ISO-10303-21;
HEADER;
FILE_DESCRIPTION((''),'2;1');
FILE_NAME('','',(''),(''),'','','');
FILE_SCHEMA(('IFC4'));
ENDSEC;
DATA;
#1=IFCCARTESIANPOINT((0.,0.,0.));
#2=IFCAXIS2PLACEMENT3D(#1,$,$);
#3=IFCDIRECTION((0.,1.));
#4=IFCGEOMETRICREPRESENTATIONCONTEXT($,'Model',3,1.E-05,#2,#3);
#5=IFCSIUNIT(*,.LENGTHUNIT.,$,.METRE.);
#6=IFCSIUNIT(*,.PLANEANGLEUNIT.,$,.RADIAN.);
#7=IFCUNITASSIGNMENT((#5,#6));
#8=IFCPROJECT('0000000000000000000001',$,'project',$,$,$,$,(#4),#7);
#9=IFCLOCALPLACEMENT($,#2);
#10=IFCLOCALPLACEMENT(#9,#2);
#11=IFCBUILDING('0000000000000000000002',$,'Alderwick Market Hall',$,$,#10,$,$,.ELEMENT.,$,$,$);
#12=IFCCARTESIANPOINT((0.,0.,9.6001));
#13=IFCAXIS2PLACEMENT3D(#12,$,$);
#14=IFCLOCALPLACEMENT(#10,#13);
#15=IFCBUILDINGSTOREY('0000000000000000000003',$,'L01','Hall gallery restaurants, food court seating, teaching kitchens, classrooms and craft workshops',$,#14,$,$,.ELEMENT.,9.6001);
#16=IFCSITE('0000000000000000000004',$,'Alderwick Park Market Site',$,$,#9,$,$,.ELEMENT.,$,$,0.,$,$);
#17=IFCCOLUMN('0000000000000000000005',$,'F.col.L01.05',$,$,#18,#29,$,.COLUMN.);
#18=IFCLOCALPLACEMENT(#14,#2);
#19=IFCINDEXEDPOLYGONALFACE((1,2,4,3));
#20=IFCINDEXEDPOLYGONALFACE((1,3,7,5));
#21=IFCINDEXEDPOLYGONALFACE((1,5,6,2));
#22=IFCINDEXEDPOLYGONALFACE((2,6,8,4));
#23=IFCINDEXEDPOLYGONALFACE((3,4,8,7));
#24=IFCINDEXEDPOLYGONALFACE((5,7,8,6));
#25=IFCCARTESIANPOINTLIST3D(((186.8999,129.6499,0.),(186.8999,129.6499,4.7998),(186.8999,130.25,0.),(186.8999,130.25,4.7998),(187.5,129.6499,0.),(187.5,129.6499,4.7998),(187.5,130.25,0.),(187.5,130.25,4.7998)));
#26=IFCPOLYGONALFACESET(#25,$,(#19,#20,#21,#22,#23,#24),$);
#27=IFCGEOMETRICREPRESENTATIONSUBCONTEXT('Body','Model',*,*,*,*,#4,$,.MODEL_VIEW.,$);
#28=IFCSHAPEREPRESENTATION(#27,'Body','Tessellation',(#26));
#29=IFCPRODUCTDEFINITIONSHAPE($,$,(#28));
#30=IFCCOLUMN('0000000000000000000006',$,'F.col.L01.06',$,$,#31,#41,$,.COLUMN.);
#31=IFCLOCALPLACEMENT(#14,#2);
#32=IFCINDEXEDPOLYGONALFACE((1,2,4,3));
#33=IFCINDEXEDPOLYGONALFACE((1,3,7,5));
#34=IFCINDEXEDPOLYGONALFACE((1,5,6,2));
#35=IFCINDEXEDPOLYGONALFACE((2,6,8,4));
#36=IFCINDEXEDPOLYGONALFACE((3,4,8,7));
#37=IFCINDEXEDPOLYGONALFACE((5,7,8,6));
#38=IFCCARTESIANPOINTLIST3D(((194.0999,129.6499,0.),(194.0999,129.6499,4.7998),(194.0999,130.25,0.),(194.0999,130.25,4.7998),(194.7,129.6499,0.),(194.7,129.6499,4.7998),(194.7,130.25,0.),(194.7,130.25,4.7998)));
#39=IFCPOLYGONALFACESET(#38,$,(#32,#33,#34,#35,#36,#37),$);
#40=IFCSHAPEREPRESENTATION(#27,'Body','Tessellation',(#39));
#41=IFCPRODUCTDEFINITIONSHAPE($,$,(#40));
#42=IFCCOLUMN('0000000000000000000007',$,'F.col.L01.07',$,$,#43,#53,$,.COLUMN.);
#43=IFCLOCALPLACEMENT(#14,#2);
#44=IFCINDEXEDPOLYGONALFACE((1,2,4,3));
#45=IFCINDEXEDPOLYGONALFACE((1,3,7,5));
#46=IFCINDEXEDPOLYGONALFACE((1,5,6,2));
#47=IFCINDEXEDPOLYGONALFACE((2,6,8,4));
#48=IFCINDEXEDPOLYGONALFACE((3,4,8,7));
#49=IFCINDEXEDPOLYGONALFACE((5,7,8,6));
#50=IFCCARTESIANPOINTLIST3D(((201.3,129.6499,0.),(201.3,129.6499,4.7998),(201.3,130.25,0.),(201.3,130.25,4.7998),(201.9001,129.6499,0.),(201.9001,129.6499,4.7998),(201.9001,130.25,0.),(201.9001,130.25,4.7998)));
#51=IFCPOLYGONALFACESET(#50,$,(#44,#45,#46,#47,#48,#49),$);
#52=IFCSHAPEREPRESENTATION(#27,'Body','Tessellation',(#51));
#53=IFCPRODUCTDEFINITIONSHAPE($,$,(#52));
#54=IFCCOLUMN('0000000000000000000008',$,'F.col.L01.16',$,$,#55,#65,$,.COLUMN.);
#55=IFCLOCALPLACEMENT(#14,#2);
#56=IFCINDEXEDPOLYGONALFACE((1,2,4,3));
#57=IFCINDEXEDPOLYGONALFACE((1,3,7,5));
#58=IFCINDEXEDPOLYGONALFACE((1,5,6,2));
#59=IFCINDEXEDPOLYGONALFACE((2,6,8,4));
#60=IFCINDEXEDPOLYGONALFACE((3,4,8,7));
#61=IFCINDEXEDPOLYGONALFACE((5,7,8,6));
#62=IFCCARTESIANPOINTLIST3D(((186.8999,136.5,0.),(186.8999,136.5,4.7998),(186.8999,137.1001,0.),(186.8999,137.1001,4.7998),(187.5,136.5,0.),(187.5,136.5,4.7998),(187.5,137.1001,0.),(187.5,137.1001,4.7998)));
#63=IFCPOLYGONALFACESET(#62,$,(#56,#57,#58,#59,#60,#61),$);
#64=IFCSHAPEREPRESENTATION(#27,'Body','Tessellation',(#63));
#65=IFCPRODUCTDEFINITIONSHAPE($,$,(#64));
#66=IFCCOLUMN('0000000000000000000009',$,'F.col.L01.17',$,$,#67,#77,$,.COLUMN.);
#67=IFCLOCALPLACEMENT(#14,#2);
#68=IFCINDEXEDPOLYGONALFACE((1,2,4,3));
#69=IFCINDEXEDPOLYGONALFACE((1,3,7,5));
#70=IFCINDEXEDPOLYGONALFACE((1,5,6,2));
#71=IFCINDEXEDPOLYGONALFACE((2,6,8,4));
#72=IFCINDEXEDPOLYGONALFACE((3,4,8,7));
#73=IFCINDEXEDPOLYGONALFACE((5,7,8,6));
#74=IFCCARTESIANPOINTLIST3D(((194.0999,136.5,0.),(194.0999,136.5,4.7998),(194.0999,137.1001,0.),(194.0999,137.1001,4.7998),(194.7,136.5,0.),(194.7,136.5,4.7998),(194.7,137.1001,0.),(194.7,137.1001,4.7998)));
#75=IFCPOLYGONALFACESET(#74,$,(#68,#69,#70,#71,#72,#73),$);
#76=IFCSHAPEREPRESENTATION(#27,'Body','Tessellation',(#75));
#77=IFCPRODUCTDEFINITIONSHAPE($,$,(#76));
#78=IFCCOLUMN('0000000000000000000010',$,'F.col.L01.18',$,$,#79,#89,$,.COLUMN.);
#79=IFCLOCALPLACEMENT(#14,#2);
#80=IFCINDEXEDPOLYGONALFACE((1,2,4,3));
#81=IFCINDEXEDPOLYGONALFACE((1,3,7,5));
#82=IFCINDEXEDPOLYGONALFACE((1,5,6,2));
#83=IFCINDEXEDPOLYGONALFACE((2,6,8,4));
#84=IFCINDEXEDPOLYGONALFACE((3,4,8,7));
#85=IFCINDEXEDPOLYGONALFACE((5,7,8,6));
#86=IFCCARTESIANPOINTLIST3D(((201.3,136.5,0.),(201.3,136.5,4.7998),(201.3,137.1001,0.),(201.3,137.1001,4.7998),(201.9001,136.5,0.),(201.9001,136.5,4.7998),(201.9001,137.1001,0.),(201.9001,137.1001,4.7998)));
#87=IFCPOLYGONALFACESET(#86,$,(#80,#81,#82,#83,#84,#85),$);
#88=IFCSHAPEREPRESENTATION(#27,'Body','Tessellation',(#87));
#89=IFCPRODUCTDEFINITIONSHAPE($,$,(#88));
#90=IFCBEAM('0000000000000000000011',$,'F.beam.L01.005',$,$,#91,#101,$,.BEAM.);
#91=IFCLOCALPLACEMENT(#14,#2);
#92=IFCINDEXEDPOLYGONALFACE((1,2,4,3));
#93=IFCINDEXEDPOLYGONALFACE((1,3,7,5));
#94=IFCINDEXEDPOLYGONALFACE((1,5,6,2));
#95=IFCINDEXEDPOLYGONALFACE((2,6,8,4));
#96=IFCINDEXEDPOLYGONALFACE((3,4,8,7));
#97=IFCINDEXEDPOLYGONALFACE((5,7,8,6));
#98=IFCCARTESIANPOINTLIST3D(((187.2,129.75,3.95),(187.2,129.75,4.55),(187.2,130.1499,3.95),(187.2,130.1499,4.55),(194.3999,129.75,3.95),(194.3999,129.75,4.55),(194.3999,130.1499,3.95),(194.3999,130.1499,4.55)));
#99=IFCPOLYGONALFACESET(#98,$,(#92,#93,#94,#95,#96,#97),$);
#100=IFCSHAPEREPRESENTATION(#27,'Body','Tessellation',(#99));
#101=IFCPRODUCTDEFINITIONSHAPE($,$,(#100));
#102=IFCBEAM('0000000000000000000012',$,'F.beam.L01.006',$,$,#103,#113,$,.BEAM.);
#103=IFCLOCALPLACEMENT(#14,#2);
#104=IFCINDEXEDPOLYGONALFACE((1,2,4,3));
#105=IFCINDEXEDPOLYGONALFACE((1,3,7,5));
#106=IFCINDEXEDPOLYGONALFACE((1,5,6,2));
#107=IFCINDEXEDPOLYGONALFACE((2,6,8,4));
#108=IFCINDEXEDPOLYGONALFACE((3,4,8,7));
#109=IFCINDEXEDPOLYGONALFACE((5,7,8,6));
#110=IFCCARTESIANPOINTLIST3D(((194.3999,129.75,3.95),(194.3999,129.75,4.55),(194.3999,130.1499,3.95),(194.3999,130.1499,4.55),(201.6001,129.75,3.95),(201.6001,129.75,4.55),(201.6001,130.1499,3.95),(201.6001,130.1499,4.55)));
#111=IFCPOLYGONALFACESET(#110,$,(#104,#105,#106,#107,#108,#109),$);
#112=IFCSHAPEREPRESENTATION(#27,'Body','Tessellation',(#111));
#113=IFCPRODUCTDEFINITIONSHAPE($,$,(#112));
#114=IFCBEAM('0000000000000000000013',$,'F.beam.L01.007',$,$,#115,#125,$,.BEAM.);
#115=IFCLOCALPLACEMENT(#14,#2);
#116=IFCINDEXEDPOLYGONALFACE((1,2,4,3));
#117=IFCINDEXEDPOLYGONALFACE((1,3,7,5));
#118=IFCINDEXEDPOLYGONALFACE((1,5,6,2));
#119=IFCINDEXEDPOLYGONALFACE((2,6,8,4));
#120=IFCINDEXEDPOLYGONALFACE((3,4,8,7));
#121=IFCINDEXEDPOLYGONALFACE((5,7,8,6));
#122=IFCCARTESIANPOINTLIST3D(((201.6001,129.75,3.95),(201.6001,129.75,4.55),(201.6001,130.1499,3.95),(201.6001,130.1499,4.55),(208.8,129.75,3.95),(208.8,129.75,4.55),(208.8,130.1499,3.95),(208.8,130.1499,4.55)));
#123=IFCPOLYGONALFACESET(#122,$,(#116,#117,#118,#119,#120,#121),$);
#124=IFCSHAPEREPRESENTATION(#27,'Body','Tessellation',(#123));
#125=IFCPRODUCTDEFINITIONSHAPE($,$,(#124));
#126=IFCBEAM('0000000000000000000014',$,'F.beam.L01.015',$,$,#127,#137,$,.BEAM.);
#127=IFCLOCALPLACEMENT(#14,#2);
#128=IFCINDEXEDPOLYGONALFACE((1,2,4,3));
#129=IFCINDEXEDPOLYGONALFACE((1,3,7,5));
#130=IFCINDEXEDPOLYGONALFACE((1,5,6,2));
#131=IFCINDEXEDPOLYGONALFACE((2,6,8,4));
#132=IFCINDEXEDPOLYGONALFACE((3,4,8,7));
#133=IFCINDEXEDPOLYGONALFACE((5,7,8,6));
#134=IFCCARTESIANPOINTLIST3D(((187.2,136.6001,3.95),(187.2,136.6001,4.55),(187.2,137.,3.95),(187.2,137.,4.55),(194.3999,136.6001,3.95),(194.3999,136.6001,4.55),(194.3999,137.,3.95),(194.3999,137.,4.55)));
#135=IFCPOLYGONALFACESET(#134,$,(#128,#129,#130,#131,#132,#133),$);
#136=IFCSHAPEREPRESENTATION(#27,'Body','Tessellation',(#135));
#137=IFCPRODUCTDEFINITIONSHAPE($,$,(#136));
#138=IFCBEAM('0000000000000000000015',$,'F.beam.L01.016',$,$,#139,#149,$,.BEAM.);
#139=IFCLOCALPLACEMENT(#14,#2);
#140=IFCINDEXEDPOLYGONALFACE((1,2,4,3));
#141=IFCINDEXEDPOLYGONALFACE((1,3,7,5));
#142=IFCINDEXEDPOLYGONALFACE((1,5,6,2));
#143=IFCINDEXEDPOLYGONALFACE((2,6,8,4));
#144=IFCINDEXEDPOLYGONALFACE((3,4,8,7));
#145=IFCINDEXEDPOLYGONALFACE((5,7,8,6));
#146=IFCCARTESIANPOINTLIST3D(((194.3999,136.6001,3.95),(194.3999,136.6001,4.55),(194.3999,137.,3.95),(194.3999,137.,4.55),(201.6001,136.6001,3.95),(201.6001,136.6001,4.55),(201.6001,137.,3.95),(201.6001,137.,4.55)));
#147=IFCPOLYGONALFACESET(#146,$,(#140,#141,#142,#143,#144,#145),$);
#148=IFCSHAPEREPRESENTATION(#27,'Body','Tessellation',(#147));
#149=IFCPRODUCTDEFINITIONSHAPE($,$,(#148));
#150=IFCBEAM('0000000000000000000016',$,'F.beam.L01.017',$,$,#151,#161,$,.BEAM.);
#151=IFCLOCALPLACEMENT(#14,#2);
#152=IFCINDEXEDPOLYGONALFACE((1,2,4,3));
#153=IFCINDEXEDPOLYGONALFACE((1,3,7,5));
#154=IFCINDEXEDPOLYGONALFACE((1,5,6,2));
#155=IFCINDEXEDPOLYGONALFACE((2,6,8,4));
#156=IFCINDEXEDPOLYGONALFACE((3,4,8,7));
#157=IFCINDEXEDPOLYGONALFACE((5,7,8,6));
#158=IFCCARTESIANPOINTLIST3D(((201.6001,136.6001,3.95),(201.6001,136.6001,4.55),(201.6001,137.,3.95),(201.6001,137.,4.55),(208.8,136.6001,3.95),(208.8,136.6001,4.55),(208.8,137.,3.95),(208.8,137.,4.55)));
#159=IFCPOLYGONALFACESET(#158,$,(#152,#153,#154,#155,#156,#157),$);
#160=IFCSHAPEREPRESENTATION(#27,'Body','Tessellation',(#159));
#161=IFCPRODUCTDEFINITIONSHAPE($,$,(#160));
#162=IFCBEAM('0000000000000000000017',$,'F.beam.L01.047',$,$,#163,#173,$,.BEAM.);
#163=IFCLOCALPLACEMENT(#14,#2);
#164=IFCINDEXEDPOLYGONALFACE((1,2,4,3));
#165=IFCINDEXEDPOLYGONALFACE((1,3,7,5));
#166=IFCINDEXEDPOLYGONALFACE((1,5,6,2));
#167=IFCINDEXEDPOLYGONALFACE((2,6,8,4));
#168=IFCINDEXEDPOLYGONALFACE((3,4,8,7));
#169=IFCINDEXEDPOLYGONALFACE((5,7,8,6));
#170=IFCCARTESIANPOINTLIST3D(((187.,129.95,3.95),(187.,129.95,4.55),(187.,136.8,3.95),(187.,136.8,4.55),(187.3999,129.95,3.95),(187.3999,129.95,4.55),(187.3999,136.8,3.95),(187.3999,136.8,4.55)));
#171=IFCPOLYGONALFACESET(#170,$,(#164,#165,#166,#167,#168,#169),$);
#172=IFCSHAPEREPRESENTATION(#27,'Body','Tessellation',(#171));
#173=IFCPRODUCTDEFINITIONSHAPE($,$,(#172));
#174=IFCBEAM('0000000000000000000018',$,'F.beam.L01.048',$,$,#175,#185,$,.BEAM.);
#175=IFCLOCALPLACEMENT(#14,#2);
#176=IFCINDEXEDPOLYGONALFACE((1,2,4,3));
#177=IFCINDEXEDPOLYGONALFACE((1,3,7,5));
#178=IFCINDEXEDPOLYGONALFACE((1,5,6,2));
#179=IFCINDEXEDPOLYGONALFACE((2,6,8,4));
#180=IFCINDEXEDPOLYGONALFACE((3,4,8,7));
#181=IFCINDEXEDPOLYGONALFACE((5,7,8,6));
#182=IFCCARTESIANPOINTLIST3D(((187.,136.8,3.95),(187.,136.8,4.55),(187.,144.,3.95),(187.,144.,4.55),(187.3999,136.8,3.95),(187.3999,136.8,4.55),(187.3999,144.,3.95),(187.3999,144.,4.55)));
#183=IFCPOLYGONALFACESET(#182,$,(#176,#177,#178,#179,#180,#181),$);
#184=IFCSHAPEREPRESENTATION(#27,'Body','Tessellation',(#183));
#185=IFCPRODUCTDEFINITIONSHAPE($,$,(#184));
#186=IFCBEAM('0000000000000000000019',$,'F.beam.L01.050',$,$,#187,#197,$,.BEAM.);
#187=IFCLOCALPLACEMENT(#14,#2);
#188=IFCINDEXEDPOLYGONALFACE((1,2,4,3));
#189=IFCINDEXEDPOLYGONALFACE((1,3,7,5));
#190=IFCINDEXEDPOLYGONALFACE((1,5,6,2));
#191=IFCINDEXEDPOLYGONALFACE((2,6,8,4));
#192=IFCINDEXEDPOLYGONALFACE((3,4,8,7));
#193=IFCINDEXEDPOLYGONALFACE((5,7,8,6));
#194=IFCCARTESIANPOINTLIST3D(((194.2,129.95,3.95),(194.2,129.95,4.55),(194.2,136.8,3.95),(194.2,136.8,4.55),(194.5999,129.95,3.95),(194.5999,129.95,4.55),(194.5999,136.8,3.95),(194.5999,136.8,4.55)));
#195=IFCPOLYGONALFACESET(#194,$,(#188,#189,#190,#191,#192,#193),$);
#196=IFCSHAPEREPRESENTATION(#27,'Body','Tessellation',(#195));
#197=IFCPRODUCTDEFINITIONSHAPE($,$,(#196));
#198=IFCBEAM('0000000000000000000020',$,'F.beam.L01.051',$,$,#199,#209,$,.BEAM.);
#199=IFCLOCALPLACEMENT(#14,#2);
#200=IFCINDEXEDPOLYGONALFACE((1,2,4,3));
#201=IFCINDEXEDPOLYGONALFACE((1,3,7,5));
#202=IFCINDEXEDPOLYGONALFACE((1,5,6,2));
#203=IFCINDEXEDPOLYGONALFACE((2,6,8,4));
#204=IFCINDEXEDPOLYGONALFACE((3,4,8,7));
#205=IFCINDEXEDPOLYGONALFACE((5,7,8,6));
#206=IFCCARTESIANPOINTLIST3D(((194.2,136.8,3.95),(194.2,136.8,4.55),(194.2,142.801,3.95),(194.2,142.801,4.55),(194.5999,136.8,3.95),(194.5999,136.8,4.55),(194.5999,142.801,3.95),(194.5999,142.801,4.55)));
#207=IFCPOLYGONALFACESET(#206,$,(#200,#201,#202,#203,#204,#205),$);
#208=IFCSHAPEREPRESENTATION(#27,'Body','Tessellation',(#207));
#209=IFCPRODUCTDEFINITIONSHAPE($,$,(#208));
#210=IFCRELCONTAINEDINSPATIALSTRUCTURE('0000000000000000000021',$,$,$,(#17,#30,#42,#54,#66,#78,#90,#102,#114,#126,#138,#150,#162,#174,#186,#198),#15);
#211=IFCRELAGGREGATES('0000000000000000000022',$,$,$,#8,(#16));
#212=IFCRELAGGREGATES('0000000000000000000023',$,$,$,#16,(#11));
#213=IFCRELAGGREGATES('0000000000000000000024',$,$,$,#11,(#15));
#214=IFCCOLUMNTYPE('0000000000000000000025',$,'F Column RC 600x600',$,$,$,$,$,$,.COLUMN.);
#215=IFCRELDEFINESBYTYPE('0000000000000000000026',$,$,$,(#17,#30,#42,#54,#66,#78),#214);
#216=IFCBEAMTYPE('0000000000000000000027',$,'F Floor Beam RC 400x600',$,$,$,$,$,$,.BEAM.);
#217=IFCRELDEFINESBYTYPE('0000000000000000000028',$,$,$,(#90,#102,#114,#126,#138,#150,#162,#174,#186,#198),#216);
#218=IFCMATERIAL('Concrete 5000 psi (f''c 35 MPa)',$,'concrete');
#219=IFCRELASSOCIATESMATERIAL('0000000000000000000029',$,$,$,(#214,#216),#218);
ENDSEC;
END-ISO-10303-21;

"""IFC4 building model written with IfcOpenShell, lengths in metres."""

from ifc_helpers import new_model, si_unit, direction, frame, origin, origin_2d, place, context, subcontext, project, spatial, rectangle, extrude, material, material_profile, profile_set, type_object, element, save


model = new_model("IFC4")

# Units and contexts
model_context = context("Model", 3, precision=1e-05, world=origin(), true_north=direction((0.0, 1.0)))
body_context = subcontext(model_context, "Body", "Model", "MODEL_VIEW")
ifc_project = project(units=[si_unit("LENGTHUNIT", "METRE"), si_unit("PLANEANGLEUNIT", "RADIAN")], contexts=[model_context])

# Site, building, storey
site_placement = place(None, origin())
site = spatial("IfcSite", under=ifc_project, at=site_placement, Name="Alderwick Park Market Site", CompositionType="ELEMENT", RefElevation=0.0)
building_placement = place(site_placement, origin())
building = spatial("IfcBuilding", under=site, at=building_placement, Name="Alderwick Market Hall", CompositionType="ELEMENT")
storey_placement = place(building_placement, frame((0.0, 0.0, 9.6001)))
storey = spatial("IfcBuildingStorey", under=building, at=storey_placement, Name="L01", Description="Hall gallery restaurants, food court seating, teaching kitchens, classrooms and craft workshops", CompositionType="ELEMENT", Elevation=9.6001)

# Columns
ifc_material_1 = material(Name="Concrete 5000 psi (f'c 35 MPa)", Category="concrete")
ifc_material_profile_1 = material_profile(ifc_material_1, rectangle(XDim=0.6001, YDim=0.6001, at=origin_2d()), Name="RC 600x600")
ifc_profile_set_1 = profile_set([ifc_material_profile_1], Name="Concrete 5000 psi (f'c 35 MPa)")
column_type = type_object("IfcColumnType", Name="F Column RC 600x600", PredefinedType="COLUMN", material=ifc_profile_set_1)
for number, where, z_axis, x_axis, name in (
    (1, (187.2, 129.95, 0.0), (0.0, 0.0, 1.0), (1.0, 0.0, 0.0), "F.col.L01.05"),
    (2, (194.3999, 129.95, 0.0), (0.0, 0.0, 1.0), (1.0, 0.0, 0.0), "F.col.L01.06"),
    (3, (201.6001, 129.95, 0.0), (0.0, 0.0, 1.0), (1.0, 0.0, 0.0), "F.col.L01.07"),
    (4, (187.2, 136.8, 0.0), (0.0, 0.0, 1.0), (1.0, 0.0, 0.0), "F.col.L01.16"),
    (5, (194.3999, 136.8, 0.0), (0.0, 0.0, 1.0), (1.0, 0.0, 0.0), "F.col.L01.17"),
    (6, (201.6001, 136.8, 0.0), (0.0, 0.0, 1.0), (1.0, 0.0, 0.0), "F.col.L01.18"),
):
    element("IfcColumn", number, at=place(storey_placement, frame(where, z_axis=z_axis, x_axis=x_axis)), inside=storey, type_object=column_type, Name=name, PredefinedType="COLUMN", context=body_context, shape_type="SweptSolid", body=[
        extrude(rectangle(XDim=0.6001, YDim=0.6001, at=origin_2d()), origin(), (0.0, 0.0, 1.0), 4.7998),
    ])

# Beams
ifc_material_profile_2 = material_profile(ifc_material_1, rectangle(XDim=0.3999, YDim=0.6001, at=origin_2d()), Name="RC 400x600")
ifc_profile_set_2 = profile_set([ifc_material_profile_2], Name="Concrete 5000 psi (f'c 35 MPa)")
beam_type = type_object("IfcBeamType", Name="F Floor Beam RC 400x600", PredefinedType="BEAM", material=ifc_profile_set_2)
beam_1_placement = place(storey_placement, frame((187.2, 129.95, 4.25), z_axis=(1.0, 0.0, 0.0), x_axis=(0.0, 1.0, 0.0)))
element("IfcBeam", 7, at=beam_1_placement, inside=storey, type_object=beam_type, Name="F.beam.L01.005", PredefinedType="BEAM", context=body_context, shape_type="SweptSolid", body=[
    extrude(rectangle(XDim=0.3999, YDim=0.6001, at=origin_2d()), origin(), (0.0, 0.0, 1.0), 7.2),
])
beam_2_placement = place(storey_placement, frame((194.3999, 129.95, 4.25), z_axis=(1.0, 0.0, 0.0), x_axis=(0.0, 1.0, 0.0)))
element("IfcBeam", 8, at=beam_2_placement, inside=storey, type_object=beam_type, Name="F.beam.L01.006", PredefinedType="BEAM", context=body_context, shape_type="SweptSolid", body=[
    extrude(rectangle(XDim=0.3999, YDim=0.6001, at=origin_2d()), origin(), (0.0, 0.0, 1.0), 7.2002),
])
for number, where, z_axis, x_axis, name in (
    (9, (201.6001, 129.95, 4.25), (1.0, 0.0, 0.0), (0.0, 1.0, 0.0), "F.beam.L01.007"),
    (10, (187.2, 136.8, 4.25), (1.0, 0.0, 0.0), (0.0, 1.0, 0.0), "F.beam.L01.015"),
):
    element("IfcBeam", number, at=place(storey_placement, frame(where, z_axis=z_axis, x_axis=x_axis)), inside=storey, type_object=beam_type, Name=name, PredefinedType="BEAM", context=body_context, shape_type="SweptSolid", body=[
        extrude(rectangle(XDim=0.3999, YDim=0.6001, at=origin_2d()), origin(), (0.0, 0.0, 1.0), 7.2),
    ])
beam_3_placement = place(storey_placement, frame((194.3999, 136.8, 4.25), z_axis=(1.0, 0.0, 0.0), x_axis=(0.0, 1.0, 0.0)))
element("IfcBeam", 11, at=beam_3_placement, inside=storey, type_object=beam_type, Name="F.beam.L01.016", PredefinedType="BEAM", context=body_context, shape_type="SweptSolid", body=[
    extrude(rectangle(XDim=0.3999, YDim=0.6001, at=origin_2d()), origin(), (0.0, 0.0, 1.0), 7.2002),
])
beam_4_placement = place(storey_placement, frame((201.6001, 136.8, 4.25), z_axis=(1.0, 0.0, 0.0), x_axis=(0.0, 1.0, 0.0)))
element("IfcBeam", 12, at=beam_4_placement, inside=storey, type_object=beam_type, Name="F.beam.L01.017", PredefinedType="BEAM", context=body_context, shape_type="SweptSolid", body=[
    extrude(rectangle(XDim=0.3999, YDim=0.6001, at=origin_2d()), origin(), (0.0, 0.0, 1.0), 7.2),
])
beam_5_placement = place(storey_placement, frame((187.2, 129.95, 4.25), z_axis=(0.0, 1.0, 0.0), x_axis=(-1.0, 0.0, 0.0)))
element("IfcBeam", 13, at=beam_5_placement, inside=storey, type_object=beam_type, Name="F.beam.L01.047", PredefinedType="BEAM", context=body_context, shape_type="SweptSolid", body=[
    extrude(rectangle(XDim=0.3999, YDim=0.6001, at=origin_2d()), origin(), (0.0, 0.0, 1.0), 6.8501),
])
beam_6_placement = place(storey_placement, frame((187.2, 136.8, 4.25), z_axis=(0.0, 1.0, 0.0), x_axis=(-1.0, 0.0, 0.0)))
element("IfcBeam", 14, at=beam_6_placement, inside=storey, type_object=beam_type, Name="F.beam.L01.048", PredefinedType="BEAM", context=body_context, shape_type="SweptSolid", body=[
    extrude(rectangle(XDim=0.3999, YDim=0.6001, at=origin_2d()), origin(), (0.0, 0.0, 1.0), 7.2),
])
beam_7_placement = place(storey_placement, frame((194.3999, 129.95, 4.25), z_axis=(0.0, 1.0, 0.0), x_axis=(-1.0, 0.0, 0.0)))
element("IfcBeam", 15, at=beam_7_placement, inside=storey, type_object=beam_type, Name="F.beam.L01.050", PredefinedType="BEAM", context=body_context, shape_type="SweptSolid", body=[
    extrude(rectangle(XDim=0.3999, YDim=0.6001, at=origin_2d()), origin(), (0.0, 0.0, 1.0), 6.8501),
])
beam_8_placement = place(storey_placement, frame((194.3999, 136.8, 4.25), z_axis=(0.0, 1.0, 0.0), x_axis=(-1.0, 0.0, 0.0)))
element("IfcBeam", 16, at=beam_8_placement, inside=storey, type_object=beam_type, Name="F.beam.L01.051", PredefinedType="BEAM", context=body_context, shape_type="SweptSolid", body=[
    extrude(rectangle(XDim=0.3999, YDim=0.6001, at=origin_2d()), origin(), (0.0, 0.0, 1.0), 6.001),
])

save(model, "model.ifc")
